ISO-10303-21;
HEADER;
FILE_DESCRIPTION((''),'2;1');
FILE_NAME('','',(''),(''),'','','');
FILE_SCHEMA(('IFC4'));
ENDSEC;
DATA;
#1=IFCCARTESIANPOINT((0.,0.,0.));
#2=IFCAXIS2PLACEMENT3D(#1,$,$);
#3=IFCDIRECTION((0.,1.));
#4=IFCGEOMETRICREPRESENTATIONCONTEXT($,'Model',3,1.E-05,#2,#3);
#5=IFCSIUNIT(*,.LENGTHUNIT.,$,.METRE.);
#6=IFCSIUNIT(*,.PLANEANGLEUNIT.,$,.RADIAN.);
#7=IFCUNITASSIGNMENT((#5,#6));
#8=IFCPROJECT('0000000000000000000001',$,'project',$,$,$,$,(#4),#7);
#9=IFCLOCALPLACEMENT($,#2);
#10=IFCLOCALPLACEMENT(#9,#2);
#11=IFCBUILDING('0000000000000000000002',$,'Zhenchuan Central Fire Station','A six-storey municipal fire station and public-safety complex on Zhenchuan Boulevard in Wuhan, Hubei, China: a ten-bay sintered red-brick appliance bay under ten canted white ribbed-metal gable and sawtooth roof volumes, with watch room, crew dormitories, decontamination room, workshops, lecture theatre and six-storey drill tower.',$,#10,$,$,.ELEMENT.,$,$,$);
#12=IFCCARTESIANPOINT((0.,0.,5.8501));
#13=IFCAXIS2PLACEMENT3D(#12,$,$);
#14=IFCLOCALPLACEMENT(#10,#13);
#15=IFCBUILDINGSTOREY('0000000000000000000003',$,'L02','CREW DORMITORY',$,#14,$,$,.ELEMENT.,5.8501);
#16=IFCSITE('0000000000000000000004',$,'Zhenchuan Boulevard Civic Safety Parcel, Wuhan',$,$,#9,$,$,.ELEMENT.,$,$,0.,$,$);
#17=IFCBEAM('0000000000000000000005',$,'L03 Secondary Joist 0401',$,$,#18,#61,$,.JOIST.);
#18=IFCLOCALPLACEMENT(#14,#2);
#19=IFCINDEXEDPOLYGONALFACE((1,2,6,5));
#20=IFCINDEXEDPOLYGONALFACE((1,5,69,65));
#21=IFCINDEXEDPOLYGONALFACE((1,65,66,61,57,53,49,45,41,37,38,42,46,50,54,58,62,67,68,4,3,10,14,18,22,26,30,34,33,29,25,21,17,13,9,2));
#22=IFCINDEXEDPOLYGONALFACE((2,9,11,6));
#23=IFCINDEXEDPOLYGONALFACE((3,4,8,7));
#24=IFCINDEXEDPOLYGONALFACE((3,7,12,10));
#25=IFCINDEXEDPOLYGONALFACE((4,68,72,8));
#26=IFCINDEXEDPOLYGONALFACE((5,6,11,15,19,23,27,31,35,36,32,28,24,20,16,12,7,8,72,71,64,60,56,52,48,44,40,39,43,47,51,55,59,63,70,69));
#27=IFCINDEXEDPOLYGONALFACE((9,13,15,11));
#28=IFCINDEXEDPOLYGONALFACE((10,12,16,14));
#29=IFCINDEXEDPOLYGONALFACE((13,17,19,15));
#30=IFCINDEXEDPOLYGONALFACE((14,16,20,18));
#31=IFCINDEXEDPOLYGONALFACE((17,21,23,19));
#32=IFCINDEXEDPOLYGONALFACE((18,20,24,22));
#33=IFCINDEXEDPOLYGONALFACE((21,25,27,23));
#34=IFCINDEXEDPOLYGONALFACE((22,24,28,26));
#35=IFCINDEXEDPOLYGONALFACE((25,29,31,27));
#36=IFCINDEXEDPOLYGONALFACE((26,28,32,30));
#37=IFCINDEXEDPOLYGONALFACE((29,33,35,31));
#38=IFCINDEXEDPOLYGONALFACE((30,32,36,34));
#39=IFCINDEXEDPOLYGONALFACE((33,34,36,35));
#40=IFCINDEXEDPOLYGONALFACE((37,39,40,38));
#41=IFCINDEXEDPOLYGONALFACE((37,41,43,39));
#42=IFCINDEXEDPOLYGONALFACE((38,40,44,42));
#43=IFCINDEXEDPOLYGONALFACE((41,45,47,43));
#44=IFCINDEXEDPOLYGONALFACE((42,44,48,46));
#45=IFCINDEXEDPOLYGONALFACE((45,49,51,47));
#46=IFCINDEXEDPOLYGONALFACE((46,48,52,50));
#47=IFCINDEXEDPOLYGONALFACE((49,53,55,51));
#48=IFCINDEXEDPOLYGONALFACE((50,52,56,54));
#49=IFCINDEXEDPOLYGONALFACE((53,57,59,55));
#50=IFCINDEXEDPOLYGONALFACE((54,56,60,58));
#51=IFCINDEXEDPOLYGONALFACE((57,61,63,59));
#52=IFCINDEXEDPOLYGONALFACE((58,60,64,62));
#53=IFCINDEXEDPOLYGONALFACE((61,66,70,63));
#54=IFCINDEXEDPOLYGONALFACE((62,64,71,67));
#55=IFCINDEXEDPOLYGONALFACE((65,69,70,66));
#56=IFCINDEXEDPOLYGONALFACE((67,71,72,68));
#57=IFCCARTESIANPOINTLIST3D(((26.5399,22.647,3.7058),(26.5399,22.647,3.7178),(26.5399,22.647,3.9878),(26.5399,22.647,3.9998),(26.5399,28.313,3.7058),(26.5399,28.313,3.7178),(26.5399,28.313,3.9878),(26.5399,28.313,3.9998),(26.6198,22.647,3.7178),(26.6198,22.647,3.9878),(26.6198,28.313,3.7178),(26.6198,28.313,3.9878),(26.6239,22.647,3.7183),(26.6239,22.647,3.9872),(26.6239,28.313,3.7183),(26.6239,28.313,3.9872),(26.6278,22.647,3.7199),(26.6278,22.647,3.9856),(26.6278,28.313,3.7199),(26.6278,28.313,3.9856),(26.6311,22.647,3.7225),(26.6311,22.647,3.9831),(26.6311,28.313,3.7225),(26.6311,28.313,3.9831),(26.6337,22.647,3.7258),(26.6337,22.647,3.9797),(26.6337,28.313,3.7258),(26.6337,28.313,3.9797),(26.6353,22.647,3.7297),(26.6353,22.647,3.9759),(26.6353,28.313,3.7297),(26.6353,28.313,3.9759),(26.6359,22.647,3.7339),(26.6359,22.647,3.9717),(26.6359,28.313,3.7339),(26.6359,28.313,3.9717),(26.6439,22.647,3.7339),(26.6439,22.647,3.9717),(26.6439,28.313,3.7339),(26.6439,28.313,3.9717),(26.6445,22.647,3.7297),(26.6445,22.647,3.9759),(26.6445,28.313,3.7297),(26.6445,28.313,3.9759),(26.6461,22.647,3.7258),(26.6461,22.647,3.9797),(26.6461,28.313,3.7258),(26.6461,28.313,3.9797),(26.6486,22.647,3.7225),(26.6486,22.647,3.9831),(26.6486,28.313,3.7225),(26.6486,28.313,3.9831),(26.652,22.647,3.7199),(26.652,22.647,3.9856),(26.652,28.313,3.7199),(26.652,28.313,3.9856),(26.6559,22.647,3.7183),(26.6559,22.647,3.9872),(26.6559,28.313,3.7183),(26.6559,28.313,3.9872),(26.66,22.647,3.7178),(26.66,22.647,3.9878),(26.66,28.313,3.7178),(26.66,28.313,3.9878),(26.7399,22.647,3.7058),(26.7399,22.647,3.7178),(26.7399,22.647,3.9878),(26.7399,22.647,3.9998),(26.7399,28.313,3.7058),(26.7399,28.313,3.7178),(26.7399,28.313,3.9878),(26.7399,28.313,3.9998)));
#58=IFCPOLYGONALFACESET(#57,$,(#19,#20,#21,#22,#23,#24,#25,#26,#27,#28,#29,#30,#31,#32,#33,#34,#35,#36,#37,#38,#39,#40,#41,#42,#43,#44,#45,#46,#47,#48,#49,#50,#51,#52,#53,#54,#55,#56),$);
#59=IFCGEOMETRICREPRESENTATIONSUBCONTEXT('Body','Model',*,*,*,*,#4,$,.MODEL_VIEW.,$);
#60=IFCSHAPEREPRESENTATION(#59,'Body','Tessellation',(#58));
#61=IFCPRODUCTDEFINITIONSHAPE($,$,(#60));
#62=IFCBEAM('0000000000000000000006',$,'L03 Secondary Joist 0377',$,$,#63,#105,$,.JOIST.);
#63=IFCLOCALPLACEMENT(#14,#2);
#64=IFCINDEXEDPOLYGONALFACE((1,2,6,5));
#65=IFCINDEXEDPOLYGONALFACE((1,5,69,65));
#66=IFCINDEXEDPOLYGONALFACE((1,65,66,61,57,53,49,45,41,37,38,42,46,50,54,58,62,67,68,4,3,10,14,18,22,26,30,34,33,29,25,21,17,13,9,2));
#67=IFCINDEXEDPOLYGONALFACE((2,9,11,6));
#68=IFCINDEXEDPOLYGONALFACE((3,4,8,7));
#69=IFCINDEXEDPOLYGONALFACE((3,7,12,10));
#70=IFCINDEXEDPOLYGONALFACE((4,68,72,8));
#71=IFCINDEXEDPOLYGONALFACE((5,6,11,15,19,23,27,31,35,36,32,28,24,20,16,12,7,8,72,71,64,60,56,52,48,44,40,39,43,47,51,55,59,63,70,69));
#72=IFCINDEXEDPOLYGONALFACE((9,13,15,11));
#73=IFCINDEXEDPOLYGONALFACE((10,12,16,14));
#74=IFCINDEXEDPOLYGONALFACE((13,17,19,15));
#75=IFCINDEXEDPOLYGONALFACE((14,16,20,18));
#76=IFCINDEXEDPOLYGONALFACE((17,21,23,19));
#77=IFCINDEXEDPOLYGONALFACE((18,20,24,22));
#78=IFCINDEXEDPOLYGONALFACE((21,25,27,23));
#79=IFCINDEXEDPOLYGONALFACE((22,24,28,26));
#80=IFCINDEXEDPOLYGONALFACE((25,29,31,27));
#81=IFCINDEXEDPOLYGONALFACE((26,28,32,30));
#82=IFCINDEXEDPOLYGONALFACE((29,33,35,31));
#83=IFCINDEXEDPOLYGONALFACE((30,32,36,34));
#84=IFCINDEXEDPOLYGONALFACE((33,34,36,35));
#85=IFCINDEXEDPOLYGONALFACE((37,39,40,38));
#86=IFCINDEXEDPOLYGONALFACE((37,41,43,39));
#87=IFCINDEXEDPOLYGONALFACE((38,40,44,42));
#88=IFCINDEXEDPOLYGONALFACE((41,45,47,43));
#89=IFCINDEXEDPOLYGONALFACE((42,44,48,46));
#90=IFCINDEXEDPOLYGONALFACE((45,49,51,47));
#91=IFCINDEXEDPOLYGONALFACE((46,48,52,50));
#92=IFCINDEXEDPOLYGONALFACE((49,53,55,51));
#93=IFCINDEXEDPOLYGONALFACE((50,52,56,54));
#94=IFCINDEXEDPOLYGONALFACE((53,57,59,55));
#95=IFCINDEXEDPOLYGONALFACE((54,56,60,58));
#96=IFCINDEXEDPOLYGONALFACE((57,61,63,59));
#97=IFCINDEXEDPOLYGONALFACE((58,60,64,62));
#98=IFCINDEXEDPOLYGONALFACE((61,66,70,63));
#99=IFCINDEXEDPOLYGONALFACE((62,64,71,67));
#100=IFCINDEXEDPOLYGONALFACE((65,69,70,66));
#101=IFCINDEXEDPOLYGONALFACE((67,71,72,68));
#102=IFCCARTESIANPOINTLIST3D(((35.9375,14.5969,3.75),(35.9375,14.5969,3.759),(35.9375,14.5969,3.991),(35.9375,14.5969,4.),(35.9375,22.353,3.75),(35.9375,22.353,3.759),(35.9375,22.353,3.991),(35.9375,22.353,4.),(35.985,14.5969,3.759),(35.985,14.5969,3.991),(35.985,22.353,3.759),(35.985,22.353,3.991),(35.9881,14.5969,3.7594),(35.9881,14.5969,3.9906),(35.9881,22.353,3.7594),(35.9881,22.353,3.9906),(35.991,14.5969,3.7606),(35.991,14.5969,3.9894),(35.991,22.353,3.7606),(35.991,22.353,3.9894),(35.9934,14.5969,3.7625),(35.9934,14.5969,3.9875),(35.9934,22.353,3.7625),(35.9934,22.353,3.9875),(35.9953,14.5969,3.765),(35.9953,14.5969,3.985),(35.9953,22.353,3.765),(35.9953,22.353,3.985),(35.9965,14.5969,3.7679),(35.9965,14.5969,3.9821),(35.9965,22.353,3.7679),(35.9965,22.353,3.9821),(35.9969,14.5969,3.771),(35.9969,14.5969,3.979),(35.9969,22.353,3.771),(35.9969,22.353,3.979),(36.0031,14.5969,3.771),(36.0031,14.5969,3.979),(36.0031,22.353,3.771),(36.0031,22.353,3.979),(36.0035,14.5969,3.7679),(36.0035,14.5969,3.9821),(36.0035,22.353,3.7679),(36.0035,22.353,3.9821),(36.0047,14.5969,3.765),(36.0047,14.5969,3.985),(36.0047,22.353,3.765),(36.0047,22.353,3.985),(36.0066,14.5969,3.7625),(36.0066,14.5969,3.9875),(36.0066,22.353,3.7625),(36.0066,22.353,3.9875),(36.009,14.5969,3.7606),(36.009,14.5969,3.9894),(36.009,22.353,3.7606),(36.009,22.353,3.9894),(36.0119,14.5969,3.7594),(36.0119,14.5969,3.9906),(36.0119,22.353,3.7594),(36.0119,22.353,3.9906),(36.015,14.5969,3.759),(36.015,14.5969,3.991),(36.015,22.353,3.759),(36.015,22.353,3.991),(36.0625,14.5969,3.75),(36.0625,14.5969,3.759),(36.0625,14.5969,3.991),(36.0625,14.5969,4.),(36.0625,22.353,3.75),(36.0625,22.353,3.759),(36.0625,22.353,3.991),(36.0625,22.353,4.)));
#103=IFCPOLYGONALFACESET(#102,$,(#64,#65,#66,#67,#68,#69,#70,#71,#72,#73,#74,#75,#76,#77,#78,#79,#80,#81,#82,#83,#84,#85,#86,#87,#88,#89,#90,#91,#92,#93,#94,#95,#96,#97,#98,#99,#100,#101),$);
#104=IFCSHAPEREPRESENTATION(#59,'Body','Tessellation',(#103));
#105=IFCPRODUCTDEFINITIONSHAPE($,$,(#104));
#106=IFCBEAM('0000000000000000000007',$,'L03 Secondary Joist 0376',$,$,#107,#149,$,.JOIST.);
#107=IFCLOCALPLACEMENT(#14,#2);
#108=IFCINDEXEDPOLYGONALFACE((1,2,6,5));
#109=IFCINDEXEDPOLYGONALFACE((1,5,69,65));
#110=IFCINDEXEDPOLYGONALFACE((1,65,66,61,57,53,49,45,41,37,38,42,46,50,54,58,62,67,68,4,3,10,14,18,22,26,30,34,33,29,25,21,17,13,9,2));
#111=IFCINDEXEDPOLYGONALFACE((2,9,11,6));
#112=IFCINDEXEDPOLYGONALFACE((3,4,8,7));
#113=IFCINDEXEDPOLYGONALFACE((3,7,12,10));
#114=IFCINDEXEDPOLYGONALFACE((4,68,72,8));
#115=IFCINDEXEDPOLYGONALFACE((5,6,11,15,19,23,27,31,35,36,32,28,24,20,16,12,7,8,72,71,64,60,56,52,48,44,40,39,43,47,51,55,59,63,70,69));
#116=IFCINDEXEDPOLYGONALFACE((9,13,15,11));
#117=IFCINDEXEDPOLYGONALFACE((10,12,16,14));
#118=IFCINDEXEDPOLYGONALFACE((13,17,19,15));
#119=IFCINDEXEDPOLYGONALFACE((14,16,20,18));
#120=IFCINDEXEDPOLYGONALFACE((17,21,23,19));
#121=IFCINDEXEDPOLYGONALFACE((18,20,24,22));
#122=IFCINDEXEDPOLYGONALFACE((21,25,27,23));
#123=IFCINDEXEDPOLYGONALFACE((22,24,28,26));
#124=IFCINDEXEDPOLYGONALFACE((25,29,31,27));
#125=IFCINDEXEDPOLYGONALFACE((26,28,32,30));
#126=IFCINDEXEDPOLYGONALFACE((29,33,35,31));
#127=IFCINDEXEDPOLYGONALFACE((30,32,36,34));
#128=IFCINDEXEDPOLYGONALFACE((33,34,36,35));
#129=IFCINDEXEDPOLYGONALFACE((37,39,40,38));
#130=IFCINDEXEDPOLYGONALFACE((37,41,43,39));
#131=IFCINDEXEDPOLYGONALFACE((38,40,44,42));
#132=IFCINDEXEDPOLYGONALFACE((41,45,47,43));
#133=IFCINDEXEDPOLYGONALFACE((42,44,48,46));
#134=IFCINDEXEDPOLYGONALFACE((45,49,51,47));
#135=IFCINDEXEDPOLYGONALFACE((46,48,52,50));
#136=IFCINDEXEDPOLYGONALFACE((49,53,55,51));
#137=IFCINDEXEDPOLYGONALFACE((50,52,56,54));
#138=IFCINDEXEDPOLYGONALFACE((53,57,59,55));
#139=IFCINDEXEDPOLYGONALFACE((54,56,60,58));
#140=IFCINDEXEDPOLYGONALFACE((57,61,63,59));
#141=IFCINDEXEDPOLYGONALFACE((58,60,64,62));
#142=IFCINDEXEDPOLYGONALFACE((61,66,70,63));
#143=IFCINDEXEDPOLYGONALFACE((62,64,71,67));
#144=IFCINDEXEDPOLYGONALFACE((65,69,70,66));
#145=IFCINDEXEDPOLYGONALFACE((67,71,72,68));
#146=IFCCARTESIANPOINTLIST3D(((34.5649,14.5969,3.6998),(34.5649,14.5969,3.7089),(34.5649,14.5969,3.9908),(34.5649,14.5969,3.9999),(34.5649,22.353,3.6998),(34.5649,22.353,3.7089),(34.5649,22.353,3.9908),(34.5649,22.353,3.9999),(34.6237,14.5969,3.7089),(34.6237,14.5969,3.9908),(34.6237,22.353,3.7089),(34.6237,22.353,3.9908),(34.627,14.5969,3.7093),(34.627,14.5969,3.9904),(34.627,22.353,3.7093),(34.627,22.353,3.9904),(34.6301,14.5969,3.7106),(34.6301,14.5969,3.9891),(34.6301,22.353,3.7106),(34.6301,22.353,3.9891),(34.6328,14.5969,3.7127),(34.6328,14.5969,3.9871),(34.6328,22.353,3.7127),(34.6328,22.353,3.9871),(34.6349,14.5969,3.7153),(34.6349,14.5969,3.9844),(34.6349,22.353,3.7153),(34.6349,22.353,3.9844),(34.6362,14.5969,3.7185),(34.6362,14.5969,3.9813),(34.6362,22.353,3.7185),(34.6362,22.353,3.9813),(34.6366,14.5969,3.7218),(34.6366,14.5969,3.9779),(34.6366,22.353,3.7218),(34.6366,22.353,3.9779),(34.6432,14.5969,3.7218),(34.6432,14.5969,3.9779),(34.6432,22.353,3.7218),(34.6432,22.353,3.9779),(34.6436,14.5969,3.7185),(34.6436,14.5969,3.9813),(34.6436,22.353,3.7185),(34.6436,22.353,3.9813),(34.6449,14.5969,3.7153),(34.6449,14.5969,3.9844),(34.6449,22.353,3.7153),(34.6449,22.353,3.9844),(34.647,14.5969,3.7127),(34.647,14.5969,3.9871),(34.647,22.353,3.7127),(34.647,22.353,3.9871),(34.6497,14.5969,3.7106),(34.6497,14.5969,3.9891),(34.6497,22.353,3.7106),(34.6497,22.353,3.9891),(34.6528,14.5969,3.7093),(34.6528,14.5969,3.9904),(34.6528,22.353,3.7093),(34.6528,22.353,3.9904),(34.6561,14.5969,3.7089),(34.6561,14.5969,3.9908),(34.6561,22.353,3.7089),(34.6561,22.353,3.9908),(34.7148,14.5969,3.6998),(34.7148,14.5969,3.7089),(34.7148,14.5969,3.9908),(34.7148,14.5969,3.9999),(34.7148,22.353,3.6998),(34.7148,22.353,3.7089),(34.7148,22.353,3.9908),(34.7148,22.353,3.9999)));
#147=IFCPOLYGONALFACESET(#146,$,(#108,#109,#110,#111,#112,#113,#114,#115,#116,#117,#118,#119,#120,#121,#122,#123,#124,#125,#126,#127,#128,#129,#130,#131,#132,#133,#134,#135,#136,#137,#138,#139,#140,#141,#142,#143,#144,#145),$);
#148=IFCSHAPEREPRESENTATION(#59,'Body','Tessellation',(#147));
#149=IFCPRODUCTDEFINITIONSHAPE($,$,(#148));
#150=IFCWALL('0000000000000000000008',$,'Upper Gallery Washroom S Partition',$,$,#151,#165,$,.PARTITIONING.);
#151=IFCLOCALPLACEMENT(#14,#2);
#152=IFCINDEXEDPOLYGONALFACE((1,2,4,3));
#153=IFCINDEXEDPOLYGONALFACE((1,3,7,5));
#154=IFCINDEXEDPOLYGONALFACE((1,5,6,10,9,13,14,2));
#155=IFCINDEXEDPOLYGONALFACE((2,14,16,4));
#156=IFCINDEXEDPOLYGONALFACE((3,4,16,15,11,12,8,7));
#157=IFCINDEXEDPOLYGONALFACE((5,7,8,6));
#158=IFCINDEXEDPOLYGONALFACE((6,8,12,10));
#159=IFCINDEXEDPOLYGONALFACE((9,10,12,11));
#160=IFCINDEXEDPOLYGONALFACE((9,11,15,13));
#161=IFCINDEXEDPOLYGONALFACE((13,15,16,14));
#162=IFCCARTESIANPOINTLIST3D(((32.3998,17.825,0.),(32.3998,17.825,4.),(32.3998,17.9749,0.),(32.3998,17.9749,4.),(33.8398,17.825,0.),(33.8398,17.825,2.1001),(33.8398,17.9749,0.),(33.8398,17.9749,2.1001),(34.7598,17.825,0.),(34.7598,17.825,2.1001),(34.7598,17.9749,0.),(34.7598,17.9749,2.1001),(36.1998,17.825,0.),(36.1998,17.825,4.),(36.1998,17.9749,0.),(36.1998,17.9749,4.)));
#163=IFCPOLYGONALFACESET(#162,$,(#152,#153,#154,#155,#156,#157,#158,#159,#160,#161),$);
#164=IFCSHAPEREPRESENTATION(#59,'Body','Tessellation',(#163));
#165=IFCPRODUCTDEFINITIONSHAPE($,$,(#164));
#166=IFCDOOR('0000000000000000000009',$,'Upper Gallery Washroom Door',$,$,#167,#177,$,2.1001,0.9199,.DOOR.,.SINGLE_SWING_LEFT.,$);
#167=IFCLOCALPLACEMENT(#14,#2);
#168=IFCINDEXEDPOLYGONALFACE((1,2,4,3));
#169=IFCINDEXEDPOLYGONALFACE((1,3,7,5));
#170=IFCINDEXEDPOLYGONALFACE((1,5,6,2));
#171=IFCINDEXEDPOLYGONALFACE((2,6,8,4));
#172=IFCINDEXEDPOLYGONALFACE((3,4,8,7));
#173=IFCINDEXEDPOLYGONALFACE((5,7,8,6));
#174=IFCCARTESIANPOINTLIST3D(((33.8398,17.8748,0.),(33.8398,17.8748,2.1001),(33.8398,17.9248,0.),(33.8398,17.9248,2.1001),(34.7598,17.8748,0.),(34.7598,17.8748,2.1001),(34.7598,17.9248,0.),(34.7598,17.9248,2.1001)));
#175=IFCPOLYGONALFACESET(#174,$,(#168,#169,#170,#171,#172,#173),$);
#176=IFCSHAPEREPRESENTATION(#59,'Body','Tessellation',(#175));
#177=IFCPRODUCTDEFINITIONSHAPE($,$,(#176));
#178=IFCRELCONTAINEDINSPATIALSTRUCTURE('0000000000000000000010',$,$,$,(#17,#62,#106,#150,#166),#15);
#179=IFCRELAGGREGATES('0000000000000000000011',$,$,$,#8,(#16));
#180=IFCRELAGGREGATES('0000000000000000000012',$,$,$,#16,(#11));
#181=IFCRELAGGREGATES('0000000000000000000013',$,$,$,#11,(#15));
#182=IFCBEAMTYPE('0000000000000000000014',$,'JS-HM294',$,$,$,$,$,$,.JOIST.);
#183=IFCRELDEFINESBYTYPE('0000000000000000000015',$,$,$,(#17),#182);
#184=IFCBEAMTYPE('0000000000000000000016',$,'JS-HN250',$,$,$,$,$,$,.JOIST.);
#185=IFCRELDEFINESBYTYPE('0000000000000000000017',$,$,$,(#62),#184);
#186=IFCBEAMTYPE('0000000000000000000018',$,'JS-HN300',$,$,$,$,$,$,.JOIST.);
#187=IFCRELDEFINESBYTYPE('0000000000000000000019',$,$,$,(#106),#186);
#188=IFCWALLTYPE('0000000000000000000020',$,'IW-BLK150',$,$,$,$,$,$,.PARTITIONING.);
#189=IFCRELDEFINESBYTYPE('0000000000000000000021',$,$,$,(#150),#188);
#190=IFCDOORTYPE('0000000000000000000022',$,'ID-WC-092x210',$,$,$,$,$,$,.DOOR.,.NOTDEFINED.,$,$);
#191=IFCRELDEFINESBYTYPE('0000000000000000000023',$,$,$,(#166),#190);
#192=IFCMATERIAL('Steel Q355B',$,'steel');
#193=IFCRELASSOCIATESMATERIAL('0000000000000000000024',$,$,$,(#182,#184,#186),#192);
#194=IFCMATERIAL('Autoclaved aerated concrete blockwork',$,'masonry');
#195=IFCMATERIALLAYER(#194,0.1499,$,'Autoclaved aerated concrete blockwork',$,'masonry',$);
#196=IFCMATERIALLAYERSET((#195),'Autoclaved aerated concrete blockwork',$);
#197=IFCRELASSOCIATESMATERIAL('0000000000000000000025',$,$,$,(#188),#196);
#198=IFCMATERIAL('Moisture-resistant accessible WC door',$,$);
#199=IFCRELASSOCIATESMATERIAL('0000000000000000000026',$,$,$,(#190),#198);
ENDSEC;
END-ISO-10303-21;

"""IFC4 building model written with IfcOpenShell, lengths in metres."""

from ifc_helpers import new_model, si_unit, direction, frame, frame_2d, origin, origin_2d, place, context, subcontext, project, spatial, rectangle, i_section, extrude, material, layer, layer_set, material_profile, profile_set, type_object, element, fill, save


model = new_model("IFC4")

# Units and contexts
model_context = context("Model", 3, precision=1e-05, world=origin(), true_north=direction((0.0, 1.0)))
body_context = subcontext(model_context, "Body", "Model", "MODEL_VIEW")
ifc_project = project(units=[si_unit("LENGTHUNIT", "METRE"), si_unit("PLANEANGLEUNIT", "RADIAN")], contexts=[model_context])

# Site, building, storey
site_placement = place(None, origin())
site = spatial("IfcSite", under=ifc_project, at=site_placement, Name="Zhenchuan Boulevard Civic Safety Parcel, Wuhan", CompositionType="ELEMENT", RefElevation=0.0)
building_placement = place(site_placement, origin())
building = spatial("IfcBuilding", under=site, at=building_placement, Name="Zhenchuan Central Fire Station", Description="A six-storey municipal fire station and public-safety complex on Zhenchuan Boulevard in Wuhan, Hubei, China: a ten-bay sintered red-brick appliance bay under ten canted white ribbed-metal gable and sawtooth roof volumes, with watch room, crew dormitories, decontamination room, workshops, lecture theatre and six-storey drill tower.", CompositionType="ELEMENT")
storey_placement = place(building_placement, frame((0.0, 0.0, 5.8501)))
storey = spatial("IfcBuildingStorey", under=building, at=storey_placement, Name="L02", Description="CREW DORMITORY", CompositionType="ELEMENT", Elevation=5.8501)

# Shared definitions
ifc_material_1 = material(Name="Steel Q355B", Category="steel")

# Beams
ifc_material_profile_1 = material_profile(ifc_material_1, i_section(OverallWidth=0.2, OverallDepth=0.2939, WebThickness=0.0081, FlangeThickness=0.012, FilletRadius=0.0161, at=origin_2d()), Name="HM 294x200")
ifc_profile_set_1 = profile_set([ifc_material_profile_1], Name="Steel Q355B")
beam_type_1 = type_object("IfcBeamType", Name="JS-HM294", PredefinedType="JOIST", material=ifc_profile_set_1)
beam_1_placement = place(storey_placement, frame((26.6399, 22.647, 3.8528), z_axis=(0.0, 1.0, 0.0), x_axis=(-1.0, 0.0, 0.0)))
element("IfcBeam", 1, at=beam_1_placement, inside=storey, type_object=beam_type_1, Name="L03 Secondary Joist 0401", PredefinedType="JOIST", context=body_context, shape_type="SweptSolid", body=[
    extrude(i_section(OverallWidth=0.2, OverallDepth=0.2939, WebThickness=0.0081, FlangeThickness=0.012, FilletRadius=0.0161, at=origin_2d()), origin(), (0.0, 0.0, 1.0), 5.666),
])
ifc_material_profile_2 = material_profile(ifc_material_1, i_section(OverallWidth=0.125, OverallDepth=0.25, WebThickness=0.0061, FlangeThickness=0.009, FilletRadius=0.012, at=origin_2d()), Name="HN 250x125")
ifc_profile_set_2 = profile_set([ifc_material_profile_2], Name="Steel Q355B")
beam_type_2 = type_object("IfcBeamType", Name="JS-HN250", PredefinedType="JOIST", material=ifc_profile_set_2)
beam_2_placement = place(storey_placement, frame((36.0, 14.5969, 3.875), z_axis=(0.0, 1.0, 0.0), x_axis=(-1.0, 0.0, 0.0)))
element("IfcBeam", 2, at=beam_2_placement, inside=storey, type_object=beam_type_2, Name="L03 Secondary Joist 0377", PredefinedType="JOIST", context=body_context, shape_type="SweptSolid", body=[
    extrude(i_section(OverallWidth=0.125, OverallDepth=0.25, WebThickness=0.0061, FlangeThickness=0.009, FilletRadius=0.012, at=origin_2d()), origin(), (0.0, 0.0, 1.0), 7.7561),
])
ifc_material_profile_3 = material_profile(ifc_material_1, i_section(OverallWidth=0.1499, OverallDepth=0.3, WebThickness=0.0066, FlangeThickness=0.009, FilletRadius=0.0129, at=origin_2d()), Name="HN 300x150")
ifc_profile_set_3 = profile_set([ifc_material_profile_3], Name="Steel Q355B")
beam_type_3 = type_object("IfcBeamType", Name="JS-HN300", PredefinedType="JOIST", material=ifc_profile_set_3)
beam_3_placement = place(storey_placement, frame((34.6399, 14.5969, 3.8499), z_axis=(0.0, 1.0, 0.0), x_axis=(-1.0, 0.0, 0.0)))
element("IfcBeam", 3, at=beam_3_placement, inside=storey, type_object=beam_type_3, Name="L03 Secondary Joist 0376", PredefinedType="JOIST", context=body_context, shape_type="SweptSolid", body=[
    extrude(i_section(OverallWidth=0.1499, OverallDepth=0.3, WebThickness=0.0066, FlangeThickness=0.009, FilletRadius=0.0129, at=origin_2d()), origin(), (0.0, 0.0, 1.0), 7.7561),
])

# Wall, opening, door
ifc_material_2 = material(Name="Autoclaved aerated concrete blockwork", Category="masonry")
ifc_layer_1 = layer(ifc_material_2, 0.1499, Name="Autoclaved aerated concrete blockwork", Category="masonry")
ifc_layer_set_1 = layer_set([ifc_layer_1], Name="Autoclaved aerated concrete blockwork")
wall_type_1 = type_object("IfcWallType", Name="IW-BLK150", PredefinedType="PARTITIONING", material=ifc_layer_set_1)
wall_1_placement = place(storey_placement, frame((32.3999, 17.8999, 0.0), z_axis=(0.0, 0.0, 1.0), x_axis=(1.0, 0.0, 0.0)))
wall_1 = element("IfcWall", 4, at=wall_1_placement, inside=storey, type_object=wall_type_1, Name="Upper Gallery Washroom S Partition", PredefinedType="PARTITIONING", context=body_context, shape_type="SweptSolid", body=[
    extrude(rectangle(XDim=3.8, YDim=0.1499, at=frame_2d((1.8999, 0.0))), origin(), (0.0, 0.0, 1.0), 4.0),
])
opening_1_placement = place(wall_1_placement, frame((1.4399, 0.0, 0.0)))
opening_1 = element("IfcOpeningElement", 5, at=opening_1_placement, cuts=wall_1, PredefinedType="OPENING", context=body_context, shape_type="SweptSolid", body=[
    extrude(rectangle(XDim=0.9199, YDim=2.1001, at=frame_2d((0.46, 1.05))), frame((0.0, 0.085, 0.0), z_axis=(0.0, -1.0, 0.0), x_axis=(1.0, 0.0, 0.0)), (0.0, 0.0, 1.0), 0.1699),
])
ifc_material_3 = material(Name="Moisture-resistant accessible WC door")
door_type_1 = type_object("IfcDoorType", Name="ID-WC-092x210", OperationType="NOTDEFINED", PredefinedType="DOOR", material=ifc_material_3)
door_1_placement = place(opening_1_placement, origin())
door_1 = element("IfcDoor", 6, at=door_1_placement, inside=storey, type_object=door_type_1, Name="Upper Gallery Washroom Door", OperationType="SINGLE_SWING_LEFT", OverallHeight=2.1001, OverallWidth=0.9199, PredefinedType="DOOR", context=body_context, shape_type="SweptSolid", body=[
    extrude(rectangle(XDim=0.9199, YDim=2.1001, at=frame_2d((0.46, 1.05))), frame((0.0, 0.0249, 0.0), z_axis=(0.0, -1.0, 0.0), x_axis=(1.0, 0.0, 0.0)), (0.0, 0.0, 1.0), 0.05),
])
fill(opening_1, door_1)

save(model, "model.ifc")
